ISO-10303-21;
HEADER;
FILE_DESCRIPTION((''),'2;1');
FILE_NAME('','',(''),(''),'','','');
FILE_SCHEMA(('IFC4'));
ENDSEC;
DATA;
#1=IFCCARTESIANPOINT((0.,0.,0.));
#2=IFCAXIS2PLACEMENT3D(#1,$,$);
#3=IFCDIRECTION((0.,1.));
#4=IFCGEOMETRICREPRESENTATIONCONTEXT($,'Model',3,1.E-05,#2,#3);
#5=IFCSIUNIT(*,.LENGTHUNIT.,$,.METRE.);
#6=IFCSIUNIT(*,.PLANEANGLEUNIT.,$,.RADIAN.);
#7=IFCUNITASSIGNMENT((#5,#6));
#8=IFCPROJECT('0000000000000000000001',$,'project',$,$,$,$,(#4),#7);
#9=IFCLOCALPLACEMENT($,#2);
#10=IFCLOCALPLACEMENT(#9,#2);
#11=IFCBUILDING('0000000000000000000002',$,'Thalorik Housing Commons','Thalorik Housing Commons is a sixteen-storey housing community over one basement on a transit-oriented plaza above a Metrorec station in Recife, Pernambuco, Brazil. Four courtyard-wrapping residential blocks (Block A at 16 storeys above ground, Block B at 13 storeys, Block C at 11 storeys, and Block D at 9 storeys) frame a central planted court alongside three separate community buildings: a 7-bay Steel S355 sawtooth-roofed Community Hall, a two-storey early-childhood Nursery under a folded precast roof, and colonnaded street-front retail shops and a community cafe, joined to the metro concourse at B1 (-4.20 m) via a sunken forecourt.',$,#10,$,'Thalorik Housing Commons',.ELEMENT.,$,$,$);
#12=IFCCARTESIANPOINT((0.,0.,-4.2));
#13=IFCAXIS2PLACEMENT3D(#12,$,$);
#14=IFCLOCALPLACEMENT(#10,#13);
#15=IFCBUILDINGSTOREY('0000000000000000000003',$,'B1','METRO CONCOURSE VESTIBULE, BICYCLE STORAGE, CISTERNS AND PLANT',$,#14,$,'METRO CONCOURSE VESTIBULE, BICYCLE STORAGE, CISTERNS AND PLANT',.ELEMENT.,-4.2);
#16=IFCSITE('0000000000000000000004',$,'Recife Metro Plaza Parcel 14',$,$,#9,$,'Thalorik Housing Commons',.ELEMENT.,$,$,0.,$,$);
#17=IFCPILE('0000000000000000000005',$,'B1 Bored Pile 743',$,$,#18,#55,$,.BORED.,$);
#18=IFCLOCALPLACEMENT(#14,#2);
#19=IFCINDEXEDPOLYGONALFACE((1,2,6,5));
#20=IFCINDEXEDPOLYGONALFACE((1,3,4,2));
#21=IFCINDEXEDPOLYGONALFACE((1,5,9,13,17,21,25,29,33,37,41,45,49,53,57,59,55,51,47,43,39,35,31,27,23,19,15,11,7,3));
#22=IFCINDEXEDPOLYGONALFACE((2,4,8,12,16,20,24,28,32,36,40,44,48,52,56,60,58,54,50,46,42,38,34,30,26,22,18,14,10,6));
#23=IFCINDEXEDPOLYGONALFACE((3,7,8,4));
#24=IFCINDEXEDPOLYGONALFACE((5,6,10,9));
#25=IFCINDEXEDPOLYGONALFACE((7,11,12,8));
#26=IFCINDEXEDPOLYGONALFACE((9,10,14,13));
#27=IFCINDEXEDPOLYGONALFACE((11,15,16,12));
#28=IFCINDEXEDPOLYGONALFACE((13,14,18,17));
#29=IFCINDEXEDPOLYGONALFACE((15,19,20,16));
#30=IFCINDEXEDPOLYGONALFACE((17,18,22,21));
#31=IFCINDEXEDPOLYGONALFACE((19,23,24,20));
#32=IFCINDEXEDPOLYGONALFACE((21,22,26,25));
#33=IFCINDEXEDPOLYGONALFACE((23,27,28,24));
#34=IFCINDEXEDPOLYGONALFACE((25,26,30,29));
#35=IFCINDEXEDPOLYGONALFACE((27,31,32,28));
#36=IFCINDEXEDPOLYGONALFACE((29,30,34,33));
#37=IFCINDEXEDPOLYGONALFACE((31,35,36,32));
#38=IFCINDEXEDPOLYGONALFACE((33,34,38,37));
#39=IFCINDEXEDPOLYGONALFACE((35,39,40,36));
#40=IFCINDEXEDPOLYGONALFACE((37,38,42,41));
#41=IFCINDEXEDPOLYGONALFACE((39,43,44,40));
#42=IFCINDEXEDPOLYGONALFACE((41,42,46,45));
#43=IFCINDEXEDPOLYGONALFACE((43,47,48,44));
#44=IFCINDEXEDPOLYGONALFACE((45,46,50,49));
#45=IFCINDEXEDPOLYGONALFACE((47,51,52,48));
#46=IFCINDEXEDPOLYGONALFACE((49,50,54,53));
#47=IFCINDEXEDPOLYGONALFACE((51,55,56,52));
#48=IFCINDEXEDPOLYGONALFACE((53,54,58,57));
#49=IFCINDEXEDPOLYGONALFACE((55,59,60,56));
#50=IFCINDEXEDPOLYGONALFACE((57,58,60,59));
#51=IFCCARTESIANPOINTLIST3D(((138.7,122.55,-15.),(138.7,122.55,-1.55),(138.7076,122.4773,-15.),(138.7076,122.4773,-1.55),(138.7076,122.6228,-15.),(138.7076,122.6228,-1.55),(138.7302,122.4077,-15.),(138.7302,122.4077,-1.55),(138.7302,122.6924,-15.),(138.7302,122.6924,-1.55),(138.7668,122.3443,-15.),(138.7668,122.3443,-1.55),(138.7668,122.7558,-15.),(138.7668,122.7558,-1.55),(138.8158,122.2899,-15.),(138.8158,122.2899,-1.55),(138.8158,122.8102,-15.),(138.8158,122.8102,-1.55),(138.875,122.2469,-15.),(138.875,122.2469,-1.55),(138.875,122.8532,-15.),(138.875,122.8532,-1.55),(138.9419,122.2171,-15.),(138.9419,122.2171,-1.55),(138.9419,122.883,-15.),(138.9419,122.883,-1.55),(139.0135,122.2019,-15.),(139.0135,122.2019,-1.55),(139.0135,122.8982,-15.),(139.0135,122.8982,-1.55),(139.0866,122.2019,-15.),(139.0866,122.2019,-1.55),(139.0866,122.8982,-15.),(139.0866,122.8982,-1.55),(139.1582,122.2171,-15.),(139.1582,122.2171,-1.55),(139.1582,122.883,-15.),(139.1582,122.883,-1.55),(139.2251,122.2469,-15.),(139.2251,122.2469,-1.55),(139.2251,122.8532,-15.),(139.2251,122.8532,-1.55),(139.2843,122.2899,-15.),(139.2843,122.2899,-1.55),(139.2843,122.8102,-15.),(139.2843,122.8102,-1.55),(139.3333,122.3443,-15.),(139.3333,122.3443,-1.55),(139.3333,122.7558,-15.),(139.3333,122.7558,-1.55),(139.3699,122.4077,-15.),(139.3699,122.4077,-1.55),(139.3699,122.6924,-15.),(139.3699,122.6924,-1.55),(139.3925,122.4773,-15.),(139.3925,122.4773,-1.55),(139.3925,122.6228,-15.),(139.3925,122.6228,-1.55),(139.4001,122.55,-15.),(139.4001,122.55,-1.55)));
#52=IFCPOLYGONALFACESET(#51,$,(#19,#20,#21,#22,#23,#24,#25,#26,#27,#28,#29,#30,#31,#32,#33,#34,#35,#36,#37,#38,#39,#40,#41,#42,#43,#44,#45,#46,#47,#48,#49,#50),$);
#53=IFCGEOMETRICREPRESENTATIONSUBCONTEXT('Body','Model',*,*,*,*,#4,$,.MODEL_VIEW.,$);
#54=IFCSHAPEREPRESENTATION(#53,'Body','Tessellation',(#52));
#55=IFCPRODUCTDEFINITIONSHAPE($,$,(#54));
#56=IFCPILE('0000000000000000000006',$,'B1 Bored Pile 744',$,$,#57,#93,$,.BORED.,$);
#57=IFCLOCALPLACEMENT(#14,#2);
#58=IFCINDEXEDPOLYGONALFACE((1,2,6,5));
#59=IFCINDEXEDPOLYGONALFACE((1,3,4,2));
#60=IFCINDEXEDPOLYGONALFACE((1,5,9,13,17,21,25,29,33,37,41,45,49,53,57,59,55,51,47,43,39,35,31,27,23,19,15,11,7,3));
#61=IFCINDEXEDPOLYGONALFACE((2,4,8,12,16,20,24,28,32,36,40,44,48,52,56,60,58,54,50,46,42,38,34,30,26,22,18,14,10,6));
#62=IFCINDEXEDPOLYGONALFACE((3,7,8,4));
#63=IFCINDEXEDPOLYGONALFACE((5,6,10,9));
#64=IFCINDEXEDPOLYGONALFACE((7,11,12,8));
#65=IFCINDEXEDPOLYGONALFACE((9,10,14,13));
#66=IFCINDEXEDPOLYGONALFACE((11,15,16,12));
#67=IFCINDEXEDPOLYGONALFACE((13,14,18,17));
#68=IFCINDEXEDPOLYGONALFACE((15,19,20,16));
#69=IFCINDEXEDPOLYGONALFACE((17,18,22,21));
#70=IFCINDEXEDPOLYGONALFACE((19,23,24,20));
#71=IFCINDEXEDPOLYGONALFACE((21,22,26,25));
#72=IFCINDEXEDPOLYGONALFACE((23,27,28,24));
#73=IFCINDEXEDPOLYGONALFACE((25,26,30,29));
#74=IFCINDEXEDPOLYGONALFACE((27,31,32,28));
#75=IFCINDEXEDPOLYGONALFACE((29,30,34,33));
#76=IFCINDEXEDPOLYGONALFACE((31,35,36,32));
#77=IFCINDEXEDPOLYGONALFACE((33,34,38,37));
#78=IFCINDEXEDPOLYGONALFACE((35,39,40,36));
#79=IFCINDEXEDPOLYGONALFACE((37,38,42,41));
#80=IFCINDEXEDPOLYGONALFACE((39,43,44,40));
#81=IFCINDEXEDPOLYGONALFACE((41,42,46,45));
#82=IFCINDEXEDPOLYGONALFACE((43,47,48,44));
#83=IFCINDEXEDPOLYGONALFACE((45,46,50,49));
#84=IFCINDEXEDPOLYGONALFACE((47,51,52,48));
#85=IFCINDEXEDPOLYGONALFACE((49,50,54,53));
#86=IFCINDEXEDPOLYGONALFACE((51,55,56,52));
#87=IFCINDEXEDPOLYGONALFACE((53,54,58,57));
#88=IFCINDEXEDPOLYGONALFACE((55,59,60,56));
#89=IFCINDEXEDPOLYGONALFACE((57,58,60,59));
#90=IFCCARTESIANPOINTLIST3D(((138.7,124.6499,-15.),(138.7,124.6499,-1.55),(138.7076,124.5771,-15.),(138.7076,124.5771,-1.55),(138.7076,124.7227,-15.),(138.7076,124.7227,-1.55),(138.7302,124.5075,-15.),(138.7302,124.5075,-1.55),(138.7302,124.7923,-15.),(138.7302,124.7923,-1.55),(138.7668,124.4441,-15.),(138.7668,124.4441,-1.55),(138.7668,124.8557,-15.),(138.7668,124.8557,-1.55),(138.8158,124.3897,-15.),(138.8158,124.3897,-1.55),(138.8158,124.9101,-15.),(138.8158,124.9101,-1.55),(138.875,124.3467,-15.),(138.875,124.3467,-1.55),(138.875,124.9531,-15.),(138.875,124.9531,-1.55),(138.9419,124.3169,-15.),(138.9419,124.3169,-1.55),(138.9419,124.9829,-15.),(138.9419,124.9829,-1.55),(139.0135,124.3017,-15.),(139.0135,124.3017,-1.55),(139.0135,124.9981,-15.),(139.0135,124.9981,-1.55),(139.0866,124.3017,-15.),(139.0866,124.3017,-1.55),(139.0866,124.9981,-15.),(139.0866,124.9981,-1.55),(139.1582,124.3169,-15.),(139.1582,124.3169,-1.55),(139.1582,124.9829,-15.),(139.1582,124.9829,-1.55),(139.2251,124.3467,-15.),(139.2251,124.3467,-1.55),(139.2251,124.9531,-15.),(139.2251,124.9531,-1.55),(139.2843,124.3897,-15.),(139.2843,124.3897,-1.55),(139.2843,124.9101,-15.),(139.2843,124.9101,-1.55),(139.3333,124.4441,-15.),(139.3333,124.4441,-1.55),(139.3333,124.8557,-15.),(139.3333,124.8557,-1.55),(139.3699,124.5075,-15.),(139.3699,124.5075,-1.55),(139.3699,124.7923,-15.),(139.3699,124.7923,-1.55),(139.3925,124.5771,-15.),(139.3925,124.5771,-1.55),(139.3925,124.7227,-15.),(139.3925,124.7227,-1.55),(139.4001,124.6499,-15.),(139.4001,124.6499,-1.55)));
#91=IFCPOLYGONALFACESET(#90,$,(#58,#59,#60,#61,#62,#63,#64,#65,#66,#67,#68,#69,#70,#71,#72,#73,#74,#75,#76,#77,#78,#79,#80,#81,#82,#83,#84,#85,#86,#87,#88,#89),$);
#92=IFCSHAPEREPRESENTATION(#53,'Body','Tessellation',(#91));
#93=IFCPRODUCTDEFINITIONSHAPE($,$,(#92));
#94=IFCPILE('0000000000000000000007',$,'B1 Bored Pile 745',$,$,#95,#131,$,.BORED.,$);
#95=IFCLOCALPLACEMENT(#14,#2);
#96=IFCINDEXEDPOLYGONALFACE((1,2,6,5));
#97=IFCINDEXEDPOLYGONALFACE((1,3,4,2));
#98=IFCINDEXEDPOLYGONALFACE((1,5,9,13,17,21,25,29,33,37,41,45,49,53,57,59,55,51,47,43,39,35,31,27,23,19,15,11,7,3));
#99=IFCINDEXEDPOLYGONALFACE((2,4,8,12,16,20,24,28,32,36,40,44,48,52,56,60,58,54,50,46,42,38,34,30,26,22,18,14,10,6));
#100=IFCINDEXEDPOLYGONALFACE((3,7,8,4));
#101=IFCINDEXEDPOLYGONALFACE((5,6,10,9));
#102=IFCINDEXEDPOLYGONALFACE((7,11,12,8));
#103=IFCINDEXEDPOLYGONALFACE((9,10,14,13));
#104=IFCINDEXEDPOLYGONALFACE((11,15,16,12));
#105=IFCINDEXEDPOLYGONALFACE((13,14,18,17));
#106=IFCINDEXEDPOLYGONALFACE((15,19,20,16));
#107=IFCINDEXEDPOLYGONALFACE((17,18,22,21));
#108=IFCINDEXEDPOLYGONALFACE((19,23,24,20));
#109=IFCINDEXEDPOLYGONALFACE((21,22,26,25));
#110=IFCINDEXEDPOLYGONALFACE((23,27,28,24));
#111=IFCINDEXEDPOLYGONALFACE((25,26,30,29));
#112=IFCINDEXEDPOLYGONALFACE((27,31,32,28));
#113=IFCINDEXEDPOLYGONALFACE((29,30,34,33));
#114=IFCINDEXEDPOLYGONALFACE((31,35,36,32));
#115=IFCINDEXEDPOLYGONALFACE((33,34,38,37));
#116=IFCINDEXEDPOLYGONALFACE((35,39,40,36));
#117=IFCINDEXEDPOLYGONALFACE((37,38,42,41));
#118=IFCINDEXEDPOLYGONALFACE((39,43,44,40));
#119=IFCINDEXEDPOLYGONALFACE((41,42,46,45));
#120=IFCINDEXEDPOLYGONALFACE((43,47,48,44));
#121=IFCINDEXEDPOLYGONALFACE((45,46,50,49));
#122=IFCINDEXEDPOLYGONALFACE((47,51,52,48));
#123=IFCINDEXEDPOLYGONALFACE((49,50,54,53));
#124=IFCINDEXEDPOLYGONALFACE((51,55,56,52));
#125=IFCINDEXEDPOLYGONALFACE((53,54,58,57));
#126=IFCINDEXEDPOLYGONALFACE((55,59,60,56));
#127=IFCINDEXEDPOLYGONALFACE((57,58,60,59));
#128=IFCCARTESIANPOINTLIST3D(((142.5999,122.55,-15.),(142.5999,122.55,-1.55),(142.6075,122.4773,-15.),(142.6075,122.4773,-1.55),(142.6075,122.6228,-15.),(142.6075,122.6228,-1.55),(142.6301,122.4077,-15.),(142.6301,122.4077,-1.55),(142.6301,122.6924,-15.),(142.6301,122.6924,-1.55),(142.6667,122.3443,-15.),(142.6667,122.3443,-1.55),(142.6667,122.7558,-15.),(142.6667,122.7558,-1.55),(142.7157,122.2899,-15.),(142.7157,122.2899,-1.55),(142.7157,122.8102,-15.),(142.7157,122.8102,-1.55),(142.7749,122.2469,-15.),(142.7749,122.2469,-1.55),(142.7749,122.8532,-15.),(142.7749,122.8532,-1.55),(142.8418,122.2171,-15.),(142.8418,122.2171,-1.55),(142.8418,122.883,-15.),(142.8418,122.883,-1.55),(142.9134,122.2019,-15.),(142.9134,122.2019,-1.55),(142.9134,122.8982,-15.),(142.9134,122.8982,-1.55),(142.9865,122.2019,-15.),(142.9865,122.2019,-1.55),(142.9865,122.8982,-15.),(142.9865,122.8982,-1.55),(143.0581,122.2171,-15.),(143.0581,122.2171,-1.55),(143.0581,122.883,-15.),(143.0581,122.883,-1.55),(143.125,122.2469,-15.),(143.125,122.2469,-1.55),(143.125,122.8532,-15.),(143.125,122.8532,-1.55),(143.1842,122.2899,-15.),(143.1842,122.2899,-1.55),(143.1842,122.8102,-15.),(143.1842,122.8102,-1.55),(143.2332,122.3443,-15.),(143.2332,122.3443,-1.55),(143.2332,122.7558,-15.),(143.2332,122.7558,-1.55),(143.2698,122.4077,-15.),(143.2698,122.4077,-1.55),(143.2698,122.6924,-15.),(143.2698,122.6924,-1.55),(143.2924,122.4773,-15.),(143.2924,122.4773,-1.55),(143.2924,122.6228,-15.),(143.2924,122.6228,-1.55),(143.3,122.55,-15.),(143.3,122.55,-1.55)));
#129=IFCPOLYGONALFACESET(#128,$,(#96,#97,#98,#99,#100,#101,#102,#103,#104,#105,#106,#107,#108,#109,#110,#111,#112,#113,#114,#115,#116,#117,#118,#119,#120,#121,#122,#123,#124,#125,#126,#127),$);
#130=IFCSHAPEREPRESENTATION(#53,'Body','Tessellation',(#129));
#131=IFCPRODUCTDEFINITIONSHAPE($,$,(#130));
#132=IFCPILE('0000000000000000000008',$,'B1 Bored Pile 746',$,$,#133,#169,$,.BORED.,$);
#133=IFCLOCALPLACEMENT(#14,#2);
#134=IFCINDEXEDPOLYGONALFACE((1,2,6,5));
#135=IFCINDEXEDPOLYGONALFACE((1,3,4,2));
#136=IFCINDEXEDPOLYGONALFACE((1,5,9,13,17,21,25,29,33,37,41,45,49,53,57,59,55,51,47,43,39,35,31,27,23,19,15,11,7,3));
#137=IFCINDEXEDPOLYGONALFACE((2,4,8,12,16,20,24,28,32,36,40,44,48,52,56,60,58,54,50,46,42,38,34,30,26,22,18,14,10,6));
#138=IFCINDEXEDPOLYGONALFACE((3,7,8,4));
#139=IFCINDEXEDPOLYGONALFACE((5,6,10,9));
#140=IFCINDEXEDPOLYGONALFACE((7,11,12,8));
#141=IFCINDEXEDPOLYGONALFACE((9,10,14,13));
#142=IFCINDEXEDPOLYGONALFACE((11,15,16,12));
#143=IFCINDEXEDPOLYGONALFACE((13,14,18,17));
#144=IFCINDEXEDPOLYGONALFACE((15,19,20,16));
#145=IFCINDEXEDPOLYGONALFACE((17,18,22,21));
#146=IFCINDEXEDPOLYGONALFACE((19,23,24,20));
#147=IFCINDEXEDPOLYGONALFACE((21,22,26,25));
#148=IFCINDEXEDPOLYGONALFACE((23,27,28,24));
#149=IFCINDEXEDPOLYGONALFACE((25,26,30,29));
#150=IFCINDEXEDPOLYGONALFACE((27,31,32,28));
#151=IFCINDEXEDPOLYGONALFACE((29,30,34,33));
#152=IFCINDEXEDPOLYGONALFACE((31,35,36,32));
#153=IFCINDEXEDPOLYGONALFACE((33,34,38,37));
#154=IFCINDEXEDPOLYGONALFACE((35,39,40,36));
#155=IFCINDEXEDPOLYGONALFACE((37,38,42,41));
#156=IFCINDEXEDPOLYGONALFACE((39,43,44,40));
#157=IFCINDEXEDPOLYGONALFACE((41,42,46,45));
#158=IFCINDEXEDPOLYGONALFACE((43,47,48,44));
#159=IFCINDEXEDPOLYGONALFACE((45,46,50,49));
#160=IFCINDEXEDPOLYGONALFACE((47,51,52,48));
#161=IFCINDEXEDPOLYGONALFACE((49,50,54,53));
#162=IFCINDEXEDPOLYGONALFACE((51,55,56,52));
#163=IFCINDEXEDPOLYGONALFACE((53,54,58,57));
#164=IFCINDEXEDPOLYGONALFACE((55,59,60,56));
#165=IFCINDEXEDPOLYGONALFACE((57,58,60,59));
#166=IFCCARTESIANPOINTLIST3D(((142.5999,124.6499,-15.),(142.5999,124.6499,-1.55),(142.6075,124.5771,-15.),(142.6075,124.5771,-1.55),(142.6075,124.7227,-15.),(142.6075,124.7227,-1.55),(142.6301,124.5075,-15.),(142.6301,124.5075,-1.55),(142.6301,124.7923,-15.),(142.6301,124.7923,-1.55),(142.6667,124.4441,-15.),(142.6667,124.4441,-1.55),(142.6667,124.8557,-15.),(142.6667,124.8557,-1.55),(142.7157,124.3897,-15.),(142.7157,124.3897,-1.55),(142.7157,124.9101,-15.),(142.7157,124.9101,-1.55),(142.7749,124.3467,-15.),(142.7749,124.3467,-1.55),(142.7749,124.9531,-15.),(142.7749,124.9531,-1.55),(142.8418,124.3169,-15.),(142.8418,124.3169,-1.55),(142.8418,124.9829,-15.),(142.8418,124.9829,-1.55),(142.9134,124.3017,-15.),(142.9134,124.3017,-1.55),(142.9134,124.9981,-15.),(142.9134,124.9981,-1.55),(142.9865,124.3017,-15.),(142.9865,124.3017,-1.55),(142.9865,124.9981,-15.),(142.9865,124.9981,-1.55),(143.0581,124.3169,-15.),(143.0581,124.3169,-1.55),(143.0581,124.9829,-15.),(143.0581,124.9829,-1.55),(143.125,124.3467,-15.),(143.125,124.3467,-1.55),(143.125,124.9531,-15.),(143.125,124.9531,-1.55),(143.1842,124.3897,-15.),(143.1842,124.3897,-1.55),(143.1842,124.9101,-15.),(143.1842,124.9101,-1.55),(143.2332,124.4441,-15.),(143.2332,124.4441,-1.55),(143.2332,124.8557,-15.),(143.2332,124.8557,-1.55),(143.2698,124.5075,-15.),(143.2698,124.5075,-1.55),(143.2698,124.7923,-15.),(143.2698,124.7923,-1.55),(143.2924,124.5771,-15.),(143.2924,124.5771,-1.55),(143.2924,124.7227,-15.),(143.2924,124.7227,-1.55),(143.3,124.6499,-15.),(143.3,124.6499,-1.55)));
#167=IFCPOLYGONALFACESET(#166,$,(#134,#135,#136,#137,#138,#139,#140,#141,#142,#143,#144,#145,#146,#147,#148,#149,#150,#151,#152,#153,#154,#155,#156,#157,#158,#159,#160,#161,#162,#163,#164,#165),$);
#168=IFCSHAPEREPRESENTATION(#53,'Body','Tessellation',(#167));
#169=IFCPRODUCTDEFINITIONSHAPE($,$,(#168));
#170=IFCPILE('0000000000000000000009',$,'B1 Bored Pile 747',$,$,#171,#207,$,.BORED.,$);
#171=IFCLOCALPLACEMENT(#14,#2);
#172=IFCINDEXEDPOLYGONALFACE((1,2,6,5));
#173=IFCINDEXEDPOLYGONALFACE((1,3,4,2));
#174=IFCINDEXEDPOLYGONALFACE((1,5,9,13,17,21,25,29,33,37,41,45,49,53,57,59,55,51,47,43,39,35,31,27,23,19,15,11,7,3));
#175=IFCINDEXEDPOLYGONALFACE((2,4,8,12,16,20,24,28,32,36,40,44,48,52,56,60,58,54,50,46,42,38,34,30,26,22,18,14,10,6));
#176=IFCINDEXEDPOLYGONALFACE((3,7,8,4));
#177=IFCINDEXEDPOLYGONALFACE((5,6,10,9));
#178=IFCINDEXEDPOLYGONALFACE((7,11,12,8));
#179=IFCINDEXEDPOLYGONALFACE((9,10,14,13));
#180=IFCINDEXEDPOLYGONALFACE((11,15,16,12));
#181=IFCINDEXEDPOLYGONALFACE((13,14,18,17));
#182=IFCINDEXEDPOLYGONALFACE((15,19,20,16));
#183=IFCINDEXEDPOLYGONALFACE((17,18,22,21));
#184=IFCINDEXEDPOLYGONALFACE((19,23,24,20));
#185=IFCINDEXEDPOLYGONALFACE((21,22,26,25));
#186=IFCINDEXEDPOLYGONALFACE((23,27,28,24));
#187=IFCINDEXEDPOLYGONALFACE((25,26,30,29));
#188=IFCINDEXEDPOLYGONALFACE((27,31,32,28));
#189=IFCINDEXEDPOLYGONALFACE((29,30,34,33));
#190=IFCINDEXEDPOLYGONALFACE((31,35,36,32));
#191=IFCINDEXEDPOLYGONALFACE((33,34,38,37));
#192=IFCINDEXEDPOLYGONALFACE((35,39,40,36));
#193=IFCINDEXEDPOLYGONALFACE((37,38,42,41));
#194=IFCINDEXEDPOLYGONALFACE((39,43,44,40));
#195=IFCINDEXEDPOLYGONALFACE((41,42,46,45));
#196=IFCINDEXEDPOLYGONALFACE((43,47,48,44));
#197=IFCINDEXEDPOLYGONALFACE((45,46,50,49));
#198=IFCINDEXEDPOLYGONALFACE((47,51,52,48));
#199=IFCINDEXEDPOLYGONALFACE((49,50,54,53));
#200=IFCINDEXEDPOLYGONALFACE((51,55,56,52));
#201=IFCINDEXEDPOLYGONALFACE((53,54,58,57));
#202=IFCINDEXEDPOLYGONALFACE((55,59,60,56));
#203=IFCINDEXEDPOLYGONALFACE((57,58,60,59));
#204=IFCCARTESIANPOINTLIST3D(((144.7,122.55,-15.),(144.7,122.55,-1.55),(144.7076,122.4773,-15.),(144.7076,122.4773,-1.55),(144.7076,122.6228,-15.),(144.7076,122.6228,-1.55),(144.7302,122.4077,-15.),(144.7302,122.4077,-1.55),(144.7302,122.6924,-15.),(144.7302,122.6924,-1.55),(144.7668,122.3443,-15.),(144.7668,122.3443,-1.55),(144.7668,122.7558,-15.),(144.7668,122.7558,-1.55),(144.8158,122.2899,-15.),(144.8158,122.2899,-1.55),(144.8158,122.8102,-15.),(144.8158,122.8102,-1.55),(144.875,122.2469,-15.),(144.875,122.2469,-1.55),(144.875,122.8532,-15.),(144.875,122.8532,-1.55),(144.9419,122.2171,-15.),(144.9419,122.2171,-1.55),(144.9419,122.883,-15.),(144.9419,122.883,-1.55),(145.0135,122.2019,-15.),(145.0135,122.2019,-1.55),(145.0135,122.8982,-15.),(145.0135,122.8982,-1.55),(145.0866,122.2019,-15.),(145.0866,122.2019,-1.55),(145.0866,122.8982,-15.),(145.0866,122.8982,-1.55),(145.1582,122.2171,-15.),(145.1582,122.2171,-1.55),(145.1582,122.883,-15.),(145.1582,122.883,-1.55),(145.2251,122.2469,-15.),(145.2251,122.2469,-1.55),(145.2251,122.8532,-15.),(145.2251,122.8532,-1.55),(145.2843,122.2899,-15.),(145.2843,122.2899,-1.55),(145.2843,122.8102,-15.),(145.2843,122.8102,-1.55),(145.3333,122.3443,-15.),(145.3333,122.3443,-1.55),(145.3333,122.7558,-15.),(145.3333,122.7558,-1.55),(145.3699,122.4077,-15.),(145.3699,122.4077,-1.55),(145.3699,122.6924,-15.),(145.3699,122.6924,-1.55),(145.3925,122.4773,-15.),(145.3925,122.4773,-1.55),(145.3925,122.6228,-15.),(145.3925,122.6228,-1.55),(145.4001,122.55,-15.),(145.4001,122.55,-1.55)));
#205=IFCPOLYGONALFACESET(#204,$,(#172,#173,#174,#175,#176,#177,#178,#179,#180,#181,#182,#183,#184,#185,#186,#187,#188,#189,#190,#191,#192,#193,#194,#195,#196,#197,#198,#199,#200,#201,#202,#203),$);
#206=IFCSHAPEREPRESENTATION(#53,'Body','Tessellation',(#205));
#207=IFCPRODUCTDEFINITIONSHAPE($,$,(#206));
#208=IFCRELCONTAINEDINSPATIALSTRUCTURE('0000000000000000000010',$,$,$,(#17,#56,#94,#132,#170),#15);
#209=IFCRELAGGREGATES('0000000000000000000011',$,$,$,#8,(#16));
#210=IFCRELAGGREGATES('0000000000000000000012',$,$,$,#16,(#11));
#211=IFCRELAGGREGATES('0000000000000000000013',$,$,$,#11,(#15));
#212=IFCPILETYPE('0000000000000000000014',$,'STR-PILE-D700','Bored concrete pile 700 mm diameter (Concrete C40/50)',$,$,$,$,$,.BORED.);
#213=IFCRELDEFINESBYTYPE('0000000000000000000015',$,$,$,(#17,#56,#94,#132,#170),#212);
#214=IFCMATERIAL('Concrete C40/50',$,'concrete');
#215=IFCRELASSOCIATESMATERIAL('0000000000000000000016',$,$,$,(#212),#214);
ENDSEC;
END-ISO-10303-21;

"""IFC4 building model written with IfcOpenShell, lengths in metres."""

from ifc_helpers import new_model, si_unit, direction, frame, origin, origin_2d, place, context, subcontext, project, spatial, circle, extrude, material, material_profile, profile_set, type_object, element, save


model = new_model("IFC4")

# Units and contexts
model_context = context("Model", 3, precision=1e-05, world=origin(), true_north=direction((0.0, 1.0)))
body_context = subcontext(model_context, "Body", "Model", "MODEL_VIEW")
ifc_project = project(units=[si_unit("LENGTHUNIT", "METRE"), si_unit("PLANEANGLEUNIT", "RADIAN")], contexts=[model_context])

# Site, building, storey
site_placement = place(None, origin())
site = spatial("IfcSite", under=ifc_project, at=site_placement, Name="Recife Metro Plaza Parcel 14", LongName="Thalorik Housing Commons", CompositionType="ELEMENT", RefElevation=0.0)
building_placement = place(site_placement, origin())
building = spatial("IfcBuilding", under=site, at=building_placement, Name="Thalorik Housing Commons", Description="Thalorik Housing Commons is a sixteen-storey housing community over one basement on a transit-oriented plaza above a Metrorec station in Recife, Pernambuco, Brazil. Four courtyard-wrapping residential blocks (Block A at 16 storeys above ground, Block B at 13 storeys, Block C at 11 storeys, and Block D at 9 storeys) frame a central planted court alongside three separate community buildings: a 7-bay Steel S355 sawtooth-roofed Community Hall, a two-storey early-childhood Nursery under a folded precast roof, and colonnaded street-front retail shops and a community cafe, joined to the metro concourse at B1 (-4.20 m) via a sunken forecourt.", LongName="Thalorik Housing Commons", CompositionType="ELEMENT")
storey_placement = place(building_placement, frame((0.0, 0.0, -4.2)))
storey = spatial("IfcBuildingStorey", under=building, at=storey_placement, Name="B1", Description="METRO CONCOURSE VESTIBULE, BICYCLE STORAGE, CISTERNS AND PLANT", LongName="METRO CONCOURSE VESTIBULE, BICYCLE STORAGE, CISTERNS AND PLANT", CompositionType="ELEMENT", Elevation=-4.2)

# Shared definitions
ifc_material_1 = material(Name="Concrete C40/50", Category="concrete")

# Piles
ifc_material_profile_1 = material_profile(ifc_material_1, circle(Radius=0.3501, at=origin_2d()), Name="BORED PILE D700", Category="concrete")
ifc_profile_set_1 = profile_set([ifc_material_profile_1], Name="Concrete C40/50")
pile_type_1 = type_object("IfcPileType", Name="STR-PILE-D700", Description="Bored concrete pile 700 mm diameter (Concrete C40/50)", PredefinedType="BORED", material=ifc_profile_set_1)
for number, where, z_axis, x_axis, name in (
    (1, (139.05, 122.55, -1.55), (0.0, 0.0, -1.0), (1.0, 0.0, 0.0), "B1 Bored Pile 743"),
    (2, (139.05, 124.6499, -1.55), (0.0, 0.0, -1.0), (1.0, 0.0, 0.0), "B1 Bored Pile 744"),
    (3, (142.95, 122.55, -1.55), (0.0, 0.0, -1.0), (1.0, 0.0, 0.0), "B1 Bored Pile 745"),
    (4, (142.95, 124.6499, -1.55), (0.0, 0.0, -1.0), (1.0, 0.0, 0.0), "B1 Bored Pile 746"),
    (5, (145.05, 122.55, -1.55), (0.0, 0.0, -1.0), (1.0, 0.0, 0.0), "B1 Bored Pile 747"),
):
    element("IfcPile", number, at=place(storey_placement, frame(where, z_axis=z_axis, x_axis=x_axis)), inside=storey, type_object=pile_type_1, Name=name, PredefinedType="BORED", context=body_context, shape_type="SweptSolid", body=[
        extrude(circle(Radius=0.3501, at=origin_2d()), origin(), (0.0, 0.0, 1.0), 13.45),
    ])

save(model, "model.ifc")
